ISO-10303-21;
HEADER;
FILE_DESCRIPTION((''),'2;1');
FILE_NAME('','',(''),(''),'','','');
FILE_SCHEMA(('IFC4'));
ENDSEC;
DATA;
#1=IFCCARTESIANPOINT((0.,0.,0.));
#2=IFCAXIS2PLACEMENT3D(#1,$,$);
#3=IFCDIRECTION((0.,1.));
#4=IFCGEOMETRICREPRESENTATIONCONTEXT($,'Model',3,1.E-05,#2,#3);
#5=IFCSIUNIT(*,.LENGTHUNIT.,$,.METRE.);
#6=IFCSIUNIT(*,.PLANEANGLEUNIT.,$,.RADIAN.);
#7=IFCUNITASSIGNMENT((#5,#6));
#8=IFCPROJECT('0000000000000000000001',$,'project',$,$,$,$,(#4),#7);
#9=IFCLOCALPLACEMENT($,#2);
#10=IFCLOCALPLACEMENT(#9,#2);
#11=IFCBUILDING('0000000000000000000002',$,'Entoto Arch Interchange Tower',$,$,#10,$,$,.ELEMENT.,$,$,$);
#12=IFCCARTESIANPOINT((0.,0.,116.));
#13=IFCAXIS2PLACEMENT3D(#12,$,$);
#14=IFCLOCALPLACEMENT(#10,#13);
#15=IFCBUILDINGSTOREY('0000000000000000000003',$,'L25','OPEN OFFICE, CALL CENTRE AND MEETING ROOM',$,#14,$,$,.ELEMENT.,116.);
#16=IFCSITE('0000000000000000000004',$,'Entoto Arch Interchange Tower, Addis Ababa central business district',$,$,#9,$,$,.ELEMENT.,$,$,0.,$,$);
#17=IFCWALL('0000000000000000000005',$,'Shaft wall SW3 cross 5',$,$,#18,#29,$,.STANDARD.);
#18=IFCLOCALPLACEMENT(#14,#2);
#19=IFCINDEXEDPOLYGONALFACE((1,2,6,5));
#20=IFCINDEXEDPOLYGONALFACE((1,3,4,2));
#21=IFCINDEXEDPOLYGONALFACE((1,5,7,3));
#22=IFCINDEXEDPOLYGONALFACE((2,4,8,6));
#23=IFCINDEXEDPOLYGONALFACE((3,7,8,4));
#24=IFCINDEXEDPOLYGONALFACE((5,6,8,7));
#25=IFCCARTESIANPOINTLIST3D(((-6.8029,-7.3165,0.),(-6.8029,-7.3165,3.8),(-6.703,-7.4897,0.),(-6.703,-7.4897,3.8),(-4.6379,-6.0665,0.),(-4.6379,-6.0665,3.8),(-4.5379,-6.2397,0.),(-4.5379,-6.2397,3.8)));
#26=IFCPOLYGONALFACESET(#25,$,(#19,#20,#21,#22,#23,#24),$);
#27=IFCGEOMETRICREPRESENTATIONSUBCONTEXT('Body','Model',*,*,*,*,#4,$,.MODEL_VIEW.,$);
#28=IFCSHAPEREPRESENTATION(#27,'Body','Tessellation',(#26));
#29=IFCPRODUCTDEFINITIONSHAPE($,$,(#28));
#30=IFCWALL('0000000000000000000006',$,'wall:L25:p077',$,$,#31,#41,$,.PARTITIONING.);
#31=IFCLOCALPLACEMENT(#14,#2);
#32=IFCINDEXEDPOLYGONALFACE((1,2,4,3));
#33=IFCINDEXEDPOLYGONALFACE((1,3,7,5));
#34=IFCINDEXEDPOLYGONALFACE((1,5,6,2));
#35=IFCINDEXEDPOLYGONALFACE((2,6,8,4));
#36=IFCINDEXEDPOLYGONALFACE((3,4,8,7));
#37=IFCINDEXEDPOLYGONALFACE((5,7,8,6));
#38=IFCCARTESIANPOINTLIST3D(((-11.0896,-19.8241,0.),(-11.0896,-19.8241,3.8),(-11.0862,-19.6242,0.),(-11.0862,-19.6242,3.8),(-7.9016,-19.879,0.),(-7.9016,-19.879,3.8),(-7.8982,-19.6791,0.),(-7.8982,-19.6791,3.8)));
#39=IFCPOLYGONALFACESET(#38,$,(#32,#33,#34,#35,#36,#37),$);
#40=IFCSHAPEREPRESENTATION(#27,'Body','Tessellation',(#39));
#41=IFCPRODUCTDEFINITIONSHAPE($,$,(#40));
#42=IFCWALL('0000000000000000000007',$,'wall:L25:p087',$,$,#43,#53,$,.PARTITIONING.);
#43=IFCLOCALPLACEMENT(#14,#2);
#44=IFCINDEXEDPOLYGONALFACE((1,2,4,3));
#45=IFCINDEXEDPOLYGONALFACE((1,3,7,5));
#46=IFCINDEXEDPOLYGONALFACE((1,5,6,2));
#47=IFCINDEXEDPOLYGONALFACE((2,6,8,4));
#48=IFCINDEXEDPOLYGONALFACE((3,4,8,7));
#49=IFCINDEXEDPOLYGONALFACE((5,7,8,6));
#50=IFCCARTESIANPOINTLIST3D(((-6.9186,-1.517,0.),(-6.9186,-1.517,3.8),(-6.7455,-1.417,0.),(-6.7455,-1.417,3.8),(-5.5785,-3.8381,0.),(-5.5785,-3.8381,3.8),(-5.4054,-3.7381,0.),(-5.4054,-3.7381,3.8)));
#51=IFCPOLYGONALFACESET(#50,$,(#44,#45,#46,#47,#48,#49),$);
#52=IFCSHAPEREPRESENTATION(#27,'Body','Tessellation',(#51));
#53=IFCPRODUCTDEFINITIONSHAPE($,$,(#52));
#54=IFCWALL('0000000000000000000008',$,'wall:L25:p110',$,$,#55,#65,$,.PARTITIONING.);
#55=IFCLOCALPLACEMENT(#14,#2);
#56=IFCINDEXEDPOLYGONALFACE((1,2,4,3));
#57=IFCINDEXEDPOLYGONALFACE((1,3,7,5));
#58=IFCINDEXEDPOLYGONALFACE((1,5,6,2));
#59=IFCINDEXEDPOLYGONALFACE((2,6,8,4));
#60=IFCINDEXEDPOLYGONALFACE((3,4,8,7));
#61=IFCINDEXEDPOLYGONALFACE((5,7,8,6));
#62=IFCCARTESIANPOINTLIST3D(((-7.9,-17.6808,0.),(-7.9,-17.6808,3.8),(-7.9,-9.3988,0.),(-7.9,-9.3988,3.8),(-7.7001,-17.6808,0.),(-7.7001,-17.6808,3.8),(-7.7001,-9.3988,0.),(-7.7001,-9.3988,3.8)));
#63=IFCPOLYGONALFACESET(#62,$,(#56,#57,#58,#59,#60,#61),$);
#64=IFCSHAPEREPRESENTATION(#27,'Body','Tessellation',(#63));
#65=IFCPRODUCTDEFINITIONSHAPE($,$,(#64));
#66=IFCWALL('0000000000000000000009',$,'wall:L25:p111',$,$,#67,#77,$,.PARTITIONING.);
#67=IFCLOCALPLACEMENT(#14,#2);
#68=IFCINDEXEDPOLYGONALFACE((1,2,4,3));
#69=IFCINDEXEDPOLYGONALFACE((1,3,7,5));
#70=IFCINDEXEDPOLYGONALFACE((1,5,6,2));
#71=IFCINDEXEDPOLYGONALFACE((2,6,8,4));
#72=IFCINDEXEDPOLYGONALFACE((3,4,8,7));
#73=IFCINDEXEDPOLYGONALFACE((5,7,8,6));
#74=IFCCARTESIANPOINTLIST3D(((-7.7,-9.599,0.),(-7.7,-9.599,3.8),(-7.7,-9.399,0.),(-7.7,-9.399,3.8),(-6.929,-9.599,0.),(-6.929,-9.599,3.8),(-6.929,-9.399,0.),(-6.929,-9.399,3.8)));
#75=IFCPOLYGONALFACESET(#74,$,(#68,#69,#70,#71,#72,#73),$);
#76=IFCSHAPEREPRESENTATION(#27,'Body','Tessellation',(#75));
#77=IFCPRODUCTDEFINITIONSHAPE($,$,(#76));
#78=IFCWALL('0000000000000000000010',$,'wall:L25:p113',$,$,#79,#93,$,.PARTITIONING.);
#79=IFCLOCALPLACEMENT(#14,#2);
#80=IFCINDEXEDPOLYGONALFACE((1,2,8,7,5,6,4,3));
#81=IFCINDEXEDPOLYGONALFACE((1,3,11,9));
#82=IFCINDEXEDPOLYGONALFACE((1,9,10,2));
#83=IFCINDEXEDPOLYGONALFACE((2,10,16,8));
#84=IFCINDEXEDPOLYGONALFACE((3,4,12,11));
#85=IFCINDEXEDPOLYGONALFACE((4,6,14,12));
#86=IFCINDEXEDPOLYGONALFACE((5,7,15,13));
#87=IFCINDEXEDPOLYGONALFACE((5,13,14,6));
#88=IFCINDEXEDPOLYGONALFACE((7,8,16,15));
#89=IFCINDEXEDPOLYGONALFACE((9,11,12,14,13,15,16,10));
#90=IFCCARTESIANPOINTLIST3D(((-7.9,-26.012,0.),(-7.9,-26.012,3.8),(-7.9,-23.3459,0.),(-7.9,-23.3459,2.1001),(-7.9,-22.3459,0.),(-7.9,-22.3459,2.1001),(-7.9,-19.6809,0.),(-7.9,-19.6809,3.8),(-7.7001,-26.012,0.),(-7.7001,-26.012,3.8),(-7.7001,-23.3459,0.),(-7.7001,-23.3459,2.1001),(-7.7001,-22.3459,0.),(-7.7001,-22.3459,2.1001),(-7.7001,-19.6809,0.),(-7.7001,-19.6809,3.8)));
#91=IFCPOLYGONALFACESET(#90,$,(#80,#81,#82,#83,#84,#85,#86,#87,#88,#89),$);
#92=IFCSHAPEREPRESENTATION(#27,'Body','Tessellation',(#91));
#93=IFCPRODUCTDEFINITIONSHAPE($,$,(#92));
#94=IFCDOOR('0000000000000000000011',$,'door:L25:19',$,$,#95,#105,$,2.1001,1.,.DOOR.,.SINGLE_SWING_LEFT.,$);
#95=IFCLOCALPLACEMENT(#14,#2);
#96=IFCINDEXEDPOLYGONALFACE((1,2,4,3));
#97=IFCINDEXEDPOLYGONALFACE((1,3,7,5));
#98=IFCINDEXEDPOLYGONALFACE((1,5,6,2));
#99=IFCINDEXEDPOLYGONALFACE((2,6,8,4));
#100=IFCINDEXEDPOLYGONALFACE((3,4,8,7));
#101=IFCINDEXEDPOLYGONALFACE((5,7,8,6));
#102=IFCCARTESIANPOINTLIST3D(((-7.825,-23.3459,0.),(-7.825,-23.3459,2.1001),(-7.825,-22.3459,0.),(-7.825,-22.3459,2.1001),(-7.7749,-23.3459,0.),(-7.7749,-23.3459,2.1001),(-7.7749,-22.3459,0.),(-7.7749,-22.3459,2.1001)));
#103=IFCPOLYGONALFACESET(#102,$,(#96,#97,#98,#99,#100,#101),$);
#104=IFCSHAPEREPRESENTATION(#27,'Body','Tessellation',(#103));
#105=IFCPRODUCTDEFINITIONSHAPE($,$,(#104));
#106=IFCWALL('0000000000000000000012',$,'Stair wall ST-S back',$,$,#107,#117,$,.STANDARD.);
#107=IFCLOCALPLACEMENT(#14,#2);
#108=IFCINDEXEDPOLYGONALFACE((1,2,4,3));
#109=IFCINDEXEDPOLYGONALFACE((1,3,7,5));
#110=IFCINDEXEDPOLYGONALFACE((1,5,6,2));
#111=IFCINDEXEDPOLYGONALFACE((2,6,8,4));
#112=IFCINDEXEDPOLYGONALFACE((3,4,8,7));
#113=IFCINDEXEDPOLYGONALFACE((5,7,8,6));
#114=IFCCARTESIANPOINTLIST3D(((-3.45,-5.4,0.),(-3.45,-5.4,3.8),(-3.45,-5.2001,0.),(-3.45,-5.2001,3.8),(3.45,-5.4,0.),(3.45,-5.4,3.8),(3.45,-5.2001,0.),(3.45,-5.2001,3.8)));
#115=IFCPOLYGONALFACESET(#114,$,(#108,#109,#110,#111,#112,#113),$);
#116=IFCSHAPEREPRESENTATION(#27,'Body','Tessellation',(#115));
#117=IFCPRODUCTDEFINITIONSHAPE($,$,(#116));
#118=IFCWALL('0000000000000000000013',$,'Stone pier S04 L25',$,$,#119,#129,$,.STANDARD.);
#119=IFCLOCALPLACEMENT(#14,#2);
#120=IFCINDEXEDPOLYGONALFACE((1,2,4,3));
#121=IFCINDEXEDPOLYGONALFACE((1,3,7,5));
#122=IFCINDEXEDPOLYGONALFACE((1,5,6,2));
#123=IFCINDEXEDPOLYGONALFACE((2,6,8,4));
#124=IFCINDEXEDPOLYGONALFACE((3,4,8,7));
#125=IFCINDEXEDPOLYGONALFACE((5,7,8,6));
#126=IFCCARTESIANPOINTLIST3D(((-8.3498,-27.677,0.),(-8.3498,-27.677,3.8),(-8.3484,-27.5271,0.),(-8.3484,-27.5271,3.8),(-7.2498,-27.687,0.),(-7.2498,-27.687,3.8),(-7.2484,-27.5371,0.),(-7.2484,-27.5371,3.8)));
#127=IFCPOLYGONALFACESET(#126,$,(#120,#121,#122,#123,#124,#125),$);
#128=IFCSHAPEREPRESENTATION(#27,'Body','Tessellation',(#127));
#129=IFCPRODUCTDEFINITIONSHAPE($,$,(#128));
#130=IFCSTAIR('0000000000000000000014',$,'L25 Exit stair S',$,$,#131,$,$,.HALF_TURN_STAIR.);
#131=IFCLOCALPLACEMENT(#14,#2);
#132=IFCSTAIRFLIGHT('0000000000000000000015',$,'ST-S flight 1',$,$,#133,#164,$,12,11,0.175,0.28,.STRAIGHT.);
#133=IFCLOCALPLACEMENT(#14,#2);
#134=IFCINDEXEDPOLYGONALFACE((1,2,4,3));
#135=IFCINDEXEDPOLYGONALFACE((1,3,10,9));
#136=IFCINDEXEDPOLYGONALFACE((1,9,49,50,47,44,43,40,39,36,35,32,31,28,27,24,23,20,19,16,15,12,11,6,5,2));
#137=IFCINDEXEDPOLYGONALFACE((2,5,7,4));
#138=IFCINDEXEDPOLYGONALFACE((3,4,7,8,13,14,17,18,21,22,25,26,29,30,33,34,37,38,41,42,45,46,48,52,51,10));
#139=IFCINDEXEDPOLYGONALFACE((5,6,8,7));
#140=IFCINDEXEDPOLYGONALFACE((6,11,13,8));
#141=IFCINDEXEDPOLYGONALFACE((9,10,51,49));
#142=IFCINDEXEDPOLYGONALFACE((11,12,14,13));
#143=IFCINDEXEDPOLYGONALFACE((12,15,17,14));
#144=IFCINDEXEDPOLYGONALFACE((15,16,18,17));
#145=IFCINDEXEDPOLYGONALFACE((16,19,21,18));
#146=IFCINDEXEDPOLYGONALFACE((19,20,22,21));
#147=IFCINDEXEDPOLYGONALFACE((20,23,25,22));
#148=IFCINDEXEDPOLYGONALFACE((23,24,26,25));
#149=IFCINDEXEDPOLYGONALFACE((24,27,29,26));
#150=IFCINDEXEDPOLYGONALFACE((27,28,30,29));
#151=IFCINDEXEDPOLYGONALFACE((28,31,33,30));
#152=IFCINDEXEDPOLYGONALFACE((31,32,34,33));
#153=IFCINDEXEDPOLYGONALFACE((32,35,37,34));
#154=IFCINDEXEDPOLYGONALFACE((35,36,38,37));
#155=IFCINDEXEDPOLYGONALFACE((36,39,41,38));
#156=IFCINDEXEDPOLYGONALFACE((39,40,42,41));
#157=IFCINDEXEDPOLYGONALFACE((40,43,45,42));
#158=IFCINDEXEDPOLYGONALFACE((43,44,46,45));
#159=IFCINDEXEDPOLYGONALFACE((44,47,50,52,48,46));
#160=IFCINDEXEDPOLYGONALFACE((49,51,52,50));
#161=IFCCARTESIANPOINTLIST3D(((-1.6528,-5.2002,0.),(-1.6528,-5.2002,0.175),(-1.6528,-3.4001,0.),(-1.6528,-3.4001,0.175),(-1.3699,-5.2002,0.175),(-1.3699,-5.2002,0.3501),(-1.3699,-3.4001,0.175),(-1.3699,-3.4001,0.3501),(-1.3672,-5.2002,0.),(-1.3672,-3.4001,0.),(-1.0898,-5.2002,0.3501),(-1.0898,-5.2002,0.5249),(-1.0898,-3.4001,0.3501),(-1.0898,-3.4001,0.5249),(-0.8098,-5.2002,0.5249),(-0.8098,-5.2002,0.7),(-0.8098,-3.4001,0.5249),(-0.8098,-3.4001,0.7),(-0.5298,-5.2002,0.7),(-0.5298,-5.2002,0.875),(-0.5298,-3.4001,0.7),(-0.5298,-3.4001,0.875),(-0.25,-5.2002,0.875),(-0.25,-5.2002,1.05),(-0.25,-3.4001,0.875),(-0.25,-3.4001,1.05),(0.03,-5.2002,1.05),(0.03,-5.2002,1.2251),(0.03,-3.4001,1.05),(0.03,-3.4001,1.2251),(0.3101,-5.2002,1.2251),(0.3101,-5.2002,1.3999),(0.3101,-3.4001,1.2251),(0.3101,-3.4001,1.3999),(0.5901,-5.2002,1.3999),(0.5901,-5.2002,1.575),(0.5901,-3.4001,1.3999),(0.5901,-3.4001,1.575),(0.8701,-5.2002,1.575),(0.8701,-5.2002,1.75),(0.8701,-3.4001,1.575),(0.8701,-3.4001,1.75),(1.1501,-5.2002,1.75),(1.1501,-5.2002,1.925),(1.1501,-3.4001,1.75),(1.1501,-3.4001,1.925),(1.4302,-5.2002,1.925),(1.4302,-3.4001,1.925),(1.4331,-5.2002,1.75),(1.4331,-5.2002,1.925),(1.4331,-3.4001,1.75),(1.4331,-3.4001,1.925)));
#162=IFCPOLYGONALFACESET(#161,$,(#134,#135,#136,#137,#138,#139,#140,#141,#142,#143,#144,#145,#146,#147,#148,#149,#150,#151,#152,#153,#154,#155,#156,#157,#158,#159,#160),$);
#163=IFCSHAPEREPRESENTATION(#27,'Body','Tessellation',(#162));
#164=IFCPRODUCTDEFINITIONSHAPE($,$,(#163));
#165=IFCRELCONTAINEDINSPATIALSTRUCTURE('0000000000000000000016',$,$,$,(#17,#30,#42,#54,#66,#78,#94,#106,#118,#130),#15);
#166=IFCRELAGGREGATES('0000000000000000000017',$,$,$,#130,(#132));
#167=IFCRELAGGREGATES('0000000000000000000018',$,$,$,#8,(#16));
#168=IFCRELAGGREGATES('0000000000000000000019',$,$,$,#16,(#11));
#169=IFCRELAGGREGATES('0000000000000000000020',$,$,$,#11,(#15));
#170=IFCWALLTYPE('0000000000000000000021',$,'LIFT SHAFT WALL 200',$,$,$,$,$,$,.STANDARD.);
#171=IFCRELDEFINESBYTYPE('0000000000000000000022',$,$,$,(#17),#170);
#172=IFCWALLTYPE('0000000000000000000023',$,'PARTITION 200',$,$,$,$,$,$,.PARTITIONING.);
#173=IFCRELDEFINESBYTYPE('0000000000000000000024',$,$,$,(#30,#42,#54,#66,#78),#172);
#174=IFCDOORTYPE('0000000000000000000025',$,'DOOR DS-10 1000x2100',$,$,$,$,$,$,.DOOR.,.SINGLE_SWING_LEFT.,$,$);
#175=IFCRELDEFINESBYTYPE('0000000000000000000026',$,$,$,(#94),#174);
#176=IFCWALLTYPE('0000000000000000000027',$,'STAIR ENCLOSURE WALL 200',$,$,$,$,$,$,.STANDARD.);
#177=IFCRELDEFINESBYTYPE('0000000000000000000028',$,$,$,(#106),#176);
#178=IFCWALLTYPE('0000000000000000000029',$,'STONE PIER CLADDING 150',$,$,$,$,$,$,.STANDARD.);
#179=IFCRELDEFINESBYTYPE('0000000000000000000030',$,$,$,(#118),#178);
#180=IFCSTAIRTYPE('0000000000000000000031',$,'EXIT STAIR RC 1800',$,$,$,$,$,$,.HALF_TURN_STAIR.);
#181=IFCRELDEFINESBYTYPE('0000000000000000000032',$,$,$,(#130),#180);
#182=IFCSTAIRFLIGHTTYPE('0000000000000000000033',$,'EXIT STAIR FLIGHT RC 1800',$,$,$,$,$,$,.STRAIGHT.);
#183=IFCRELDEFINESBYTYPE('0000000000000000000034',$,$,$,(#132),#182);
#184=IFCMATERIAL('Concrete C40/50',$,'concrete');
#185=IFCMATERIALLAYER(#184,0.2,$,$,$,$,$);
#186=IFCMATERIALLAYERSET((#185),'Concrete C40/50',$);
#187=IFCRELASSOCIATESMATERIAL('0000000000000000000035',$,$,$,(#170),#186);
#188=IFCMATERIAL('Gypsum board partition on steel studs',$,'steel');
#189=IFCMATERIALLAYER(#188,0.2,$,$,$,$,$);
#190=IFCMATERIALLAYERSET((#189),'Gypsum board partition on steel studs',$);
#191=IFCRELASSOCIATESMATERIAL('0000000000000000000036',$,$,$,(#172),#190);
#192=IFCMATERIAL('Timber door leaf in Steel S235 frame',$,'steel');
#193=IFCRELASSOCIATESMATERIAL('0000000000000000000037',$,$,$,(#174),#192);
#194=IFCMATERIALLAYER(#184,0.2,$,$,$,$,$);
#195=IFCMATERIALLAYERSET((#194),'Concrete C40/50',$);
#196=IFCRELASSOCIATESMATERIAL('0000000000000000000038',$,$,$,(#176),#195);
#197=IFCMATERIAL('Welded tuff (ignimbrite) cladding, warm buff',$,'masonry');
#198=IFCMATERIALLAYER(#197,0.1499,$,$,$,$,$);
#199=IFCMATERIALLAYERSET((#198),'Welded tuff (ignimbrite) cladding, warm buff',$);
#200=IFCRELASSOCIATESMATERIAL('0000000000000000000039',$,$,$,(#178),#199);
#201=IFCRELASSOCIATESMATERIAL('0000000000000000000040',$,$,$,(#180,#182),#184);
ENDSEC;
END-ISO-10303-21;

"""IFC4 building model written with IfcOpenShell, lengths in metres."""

from ifc_helpers import new_model, si_unit, direction, frame, frame_2d, origin, place, context, subcontext, project, spatial, polyline, rectangle, outline, extrude, material, layer, layer_set, type_object, element, fill, aggregate, save


model = new_model("IFC4")

# Units and contexts
model_context = context("Model", 3, precision=1e-05, world=origin(), true_north=direction((0.0, 1.0)))
body_context = subcontext(model_context, "Body", "Model", "MODEL_VIEW")
ifc_project = project(units=[si_unit("LENGTHUNIT", "METRE"), si_unit("PLANEANGLEUNIT", "RADIAN")], contexts=[model_context])

# Site, building, storey
site_placement = place(None, origin())
site = spatial("IfcSite", under=ifc_project, at=site_placement, Name="Entoto Arch Interchange Tower, Addis Ababa central business district", CompositionType="ELEMENT", RefElevation=0.0)
building_placement = place(site_placement, origin())
building = spatial("IfcBuilding", under=site, at=building_placement, Name="Entoto Arch Interchange Tower", CompositionType="ELEMENT")
storey_placement = place(building_placement, frame((0.0, 0.0, 116.0)))
storey = spatial("IfcBuildingStorey", under=building, at=storey_placement, Name="L25", Description="OPEN OFFICE, CALL CENTRE AND MEETING ROOM", CompositionType="ELEMENT", Elevation=116.0)

# Walls
ifc_material_1 = material(Name="Concrete C40/50", Category="concrete")
ifc_layer_1 = layer(ifc_material_1, 0.2)
ifc_layer_set_1 = layer_set([ifc_layer_1], Name="Concrete C40/50")
wall_type_1 = type_object("IfcWallType", Name="LIFT SHAFT WALL 200", PredefinedType="STANDARD", material=ifc_layer_set_1)
for number, where, z_axis, x_axis, name in (
    (1, (-4.5879, -6.1531, 0.0), (0.0, 0.0, 1.0), (-0.866023, -0.500004, 0.0), "Shaft wall SW3 cross 5"),
):
    element("IfcWall", number, at=place(storey_placement, frame(where, z_axis=z_axis, x_axis=x_axis)), inside=storey, type_object=wall_type_1, Name=name, PredefinedType="STANDARD", context=body_context, shape_type="SweptSolid", body=[
        extrude(rectangle(XDim=2.5, YDim=0.2, at=frame_2d((1.25, 0.0))), origin(), (0.0, 0.0, 1.0), 3.8),
    ])
ifc_material_2 = material(Name="Gypsum board partition on steel studs", Category="steel")
ifc_layer_2 = layer(ifc_material_2, 0.2)
ifc_layer_set_2 = layer_set([ifc_layer_2], Name="Gypsum board partition on steel studs")
wall_type_2 = type_object("IfcWallType", Name="PARTITION 200", PredefinedType="PARTITIONING", material=ifc_layer_set_2)
wall_1_placement = place(storey_placement, frame((-7.8999, -19.7791, 0.0), z_axis=(0.0, 0.0, 1.0), x_axis=(-0.999852, 0.017228, 0.0)))
element("IfcWall", 2, at=wall_1_placement, inside=storey, type_object=wall_type_2, Name="wall:L25:p077", PredefinedType="PARTITIONING", context=body_context, shape_type="SweptSolid", body=[
    extrude(rectangle(XDim=3.1885, YDim=0.2, at=frame_2d((1.5942, 0.0))), origin(), (0.0, 0.0, 1.0), 3.8),
])
wall_2_placement = place(storey_placement, frame((-5.4919, -3.7881, 0.0), z_axis=(0.0, 0.0, 1.0), x_axis=(-0.500009, 0.86602, 0.0)))
element("IfcWall", 3, at=wall_2_placement, inside=storey, type_object=wall_type_2, Name="wall:L25:p087", PredefinedType="PARTITIONING", context=body_context, shape_type="SweptSolid", body=[
    extrude(rectangle(XDim=2.6802, YDim=0.2, at=frame_2d((1.3401, 0.0))), origin(), (0.0, 0.0, 1.0), 3.8),
])
wall_3_placement = place(storey_placement, frame((-7.8, -17.6809, 0.0), z_axis=(0.0, 0.0, 1.0), x_axis=(0.0, 1.0, 0.0)))
element("IfcWall", 4, at=wall_3_placement, inside=storey, type_object=wall_type_2, Name="wall:L25:p110", PredefinedType="PARTITIONING", context=body_context, shape_type="SweptSolid", body=[
    extrude(rectangle(XDim=8.282, YDim=0.2, at=frame_2d((4.1411, 0.0))), origin(), (0.0, 0.0, 1.0), 3.8),
])
wall_4_placement = place(storey_placement, frame((-7.7, -9.499, 0.0), z_axis=(0.0, 0.0, 1.0), x_axis=(1.0, 0.0, 0.0)))
element("IfcWall", 5, at=wall_4_placement, inside=storey, type_object=wall_type_2, Name="wall:L25:p111", PredefinedType="PARTITIONING", context=body_context, shape_type="SweptSolid", body=[
    extrude(rectangle(XDim=0.771, YDim=0.2, at=frame_2d((0.3855, 0.0))), origin(), (0.0, 0.0, 1.0), 3.8),
])

# Wall, opening, door
wall_5_placement = place(storey_placement, frame((-7.8, -26.012, 0.0), z_axis=(0.0, 0.0, 1.0), x_axis=(0.0, 1.0, 0.0)))
wall_5 = element("IfcWall", 6, at=wall_5_placement, inside=storey, type_object=wall_type_2, Name="wall:L25:p113", PredefinedType="PARTITIONING", context=body_context, shape_type="SweptSolid", body=[
    extrude(rectangle(XDim=6.3311, YDim=0.2, at=frame_2d((3.1655, 0.0))), origin(), (0.0, 0.0, 1.0), 3.8),
])
opening_placement = place(wall_5_placement, frame((2.666, 0.0, 0.0)))
opening = element("IfcOpeningElement", 7, at=opening_placement, cuts=wall_5, PredefinedType="OPENING", context=body_context, shape_type="SweptSolid", body=[
    extrude(rectangle(XDim=1.0, YDim=2.1001, at=frame_2d((0.5, 1.05))), frame((0.0, 0.1099, 0.0), z_axis=(0.0, -1.0, 0.0), x_axis=(1.0, 0.0, 0.0)), (0.0, 0.0, 1.0), 0.22),
])
ifc_material_3 = material(Name="Timber door leaf in Steel S235 frame", Category="steel")
door_type = type_object("IfcDoorType", Name="DOOR DS-10 1000x2100", OperationType="SINGLE_SWING_LEFT", PredefinedType="DOOR", material=ifc_material_3)
door_placement = place(opening_placement, origin())
door = element("IfcDoor", 8, at=door_placement, inside=storey, type_object=door_type, Name="door:L25:19", OperationType="SINGLE_SWING_LEFT", OverallHeight=2.1001, OverallWidth=1.0, PredefinedType="DOOR", context=body_context, shape_type="SweptSolid", body=[
    extrude(rectangle(XDim=1.0, YDim=2.1001, at=frame_2d((0.5, 1.05))), frame((0.0, 0.0249, 0.0), z_axis=(0.0, -1.0, 0.0), x_axis=(1.0, 0.0, 0.0)), (0.0, 0.0, 1.0), 0.05),
])
fill(opening, door)

# Walls
ifc_layer_3 = layer(ifc_material_1, 0.2)
ifc_layer_set_3 = layer_set([ifc_layer_3], Name="Concrete C40/50")
wall_type_3 = type_object("IfcWallType", Name="STAIR ENCLOSURE WALL 200", PredefinedType="STANDARD", material=ifc_layer_set_3)
wall_6_placement = place(storey_placement, frame((-3.45, -5.3, 0.0), z_axis=(0.0, 0.0, 1.0), x_axis=(1.0, 0.0, 0.0)))
element("IfcWall", 9, at=wall_6_placement, inside=storey, type_object=wall_type_3, Name="Stair wall ST-S back", PredefinedType="STANDARD", context=body_context, shape_type="SweptSolid", body=[
    extrude(rectangle(XDim=6.8999, YDim=0.2, at=frame_2d((3.45, 0.0))), origin(), (0.0, 0.0, 1.0), 3.8),
])
ifc_material_4 = material(Name="Welded tuff (ignimbrite) cladding, warm buff", Category="masonry")
ifc_layer_4 = layer(ifc_material_4, 0.1499)
ifc_layer_set_4 = layer_set([ifc_layer_4], Name="Welded tuff (ignimbrite) cladding, warm buff")
wall_type_4 = type_object("IfcWallType", Name="STONE PIER CLADDING 150", PredefinedType="STANDARD", material=ifc_layer_set_4)
wall_7_placement = place(storey_placement, frame((-8.3491, -27.6021, 0.0), z_axis=(0.0, 0.0, 1.0), x_axis=(0.999959, -0.009099, 0.0)))
element("IfcWall", 10, at=wall_7_placement, inside=storey, type_object=wall_type_4, Name="Stone pier S04 L25", PredefinedType="STANDARD", context=body_context, shape_type="SweptSolid", body=[
    extrude(rectangle(XDim=1.1001, YDim=0.1499, at=frame_2d((0.55, 0.0))), origin(), (0.0, 0.0, 1.0), 3.8),
])

# Stair, stair flight
stair_type = type_object("IfcStairType", Name="EXIT STAIR RC 1800", PredefinedType="HALF_TURN_STAIR", material=ifc_material_1)
stair_placement = place(storey_placement, origin())
stair = element("IfcStair", 11, at=stair_placement, inside=storey, type_object=stair_type, Name="L25 Exit stair S", PredefinedType="HALF_TURN_STAIR")
stair_flight_type = type_object("IfcStairFlightType", Name="EXIT STAIR FLIGHT RC 1800", PredefinedType="STRAIGHT", material=ifc_material_1)
stair_flight_placement = place(storey_placement, frame((-1.6499, -4.3, 0.0), z_axis=(0.0, 0.0, 1.0), x_axis=(1.0, 0.0, 0.0)))
stair_flight = element("IfcStairFlight", 12, at=stair_flight_placement, type_object=stair_flight_type, Name="ST-S flight 1", NumberOfRisers=12, NumberOfTreads=11, PredefinedType="STRAIGHT", RiserHeight=0.175, TreadLength=0.28, context=body_context, shape_type="SweptSolid", body=[
    extrude(outline(polyline([(-0.0029, 0.0), (-0.0029, 0.175), (0.28, 0.175), (0.28, 0.3501), (0.5601, 0.3501), (0.5601, 0.5249), (0.8401, 0.5249), (0.8401, 0.7), (1.1201, 0.7), (1.1201, 0.875), (1.3999, 0.875), (1.3999, 1.05), (1.6799, 1.05), (1.6799, 1.2251), (1.96, 1.2251), (1.96, 1.3999), (2.24, 1.3999), (2.24, 1.575), (2.52, 1.575), (2.52, 1.75), (2.8, 1.75), (2.8, 1.925), (3.0801, 1.925), (3.083, 1.925), (3.083, 1.75), (0.2827, 0.0), (-0.0029, 0.0)])), frame((0.0, 0.8999, 0.0), z_axis=(0.0, -1.0, 0.0), x_axis=(1.0, 0.0, 0.0)), (0.0, 0.0, 1.0), 1.8),
])
aggregate(stair, [stair_flight])

save(model, "model.ifc")
